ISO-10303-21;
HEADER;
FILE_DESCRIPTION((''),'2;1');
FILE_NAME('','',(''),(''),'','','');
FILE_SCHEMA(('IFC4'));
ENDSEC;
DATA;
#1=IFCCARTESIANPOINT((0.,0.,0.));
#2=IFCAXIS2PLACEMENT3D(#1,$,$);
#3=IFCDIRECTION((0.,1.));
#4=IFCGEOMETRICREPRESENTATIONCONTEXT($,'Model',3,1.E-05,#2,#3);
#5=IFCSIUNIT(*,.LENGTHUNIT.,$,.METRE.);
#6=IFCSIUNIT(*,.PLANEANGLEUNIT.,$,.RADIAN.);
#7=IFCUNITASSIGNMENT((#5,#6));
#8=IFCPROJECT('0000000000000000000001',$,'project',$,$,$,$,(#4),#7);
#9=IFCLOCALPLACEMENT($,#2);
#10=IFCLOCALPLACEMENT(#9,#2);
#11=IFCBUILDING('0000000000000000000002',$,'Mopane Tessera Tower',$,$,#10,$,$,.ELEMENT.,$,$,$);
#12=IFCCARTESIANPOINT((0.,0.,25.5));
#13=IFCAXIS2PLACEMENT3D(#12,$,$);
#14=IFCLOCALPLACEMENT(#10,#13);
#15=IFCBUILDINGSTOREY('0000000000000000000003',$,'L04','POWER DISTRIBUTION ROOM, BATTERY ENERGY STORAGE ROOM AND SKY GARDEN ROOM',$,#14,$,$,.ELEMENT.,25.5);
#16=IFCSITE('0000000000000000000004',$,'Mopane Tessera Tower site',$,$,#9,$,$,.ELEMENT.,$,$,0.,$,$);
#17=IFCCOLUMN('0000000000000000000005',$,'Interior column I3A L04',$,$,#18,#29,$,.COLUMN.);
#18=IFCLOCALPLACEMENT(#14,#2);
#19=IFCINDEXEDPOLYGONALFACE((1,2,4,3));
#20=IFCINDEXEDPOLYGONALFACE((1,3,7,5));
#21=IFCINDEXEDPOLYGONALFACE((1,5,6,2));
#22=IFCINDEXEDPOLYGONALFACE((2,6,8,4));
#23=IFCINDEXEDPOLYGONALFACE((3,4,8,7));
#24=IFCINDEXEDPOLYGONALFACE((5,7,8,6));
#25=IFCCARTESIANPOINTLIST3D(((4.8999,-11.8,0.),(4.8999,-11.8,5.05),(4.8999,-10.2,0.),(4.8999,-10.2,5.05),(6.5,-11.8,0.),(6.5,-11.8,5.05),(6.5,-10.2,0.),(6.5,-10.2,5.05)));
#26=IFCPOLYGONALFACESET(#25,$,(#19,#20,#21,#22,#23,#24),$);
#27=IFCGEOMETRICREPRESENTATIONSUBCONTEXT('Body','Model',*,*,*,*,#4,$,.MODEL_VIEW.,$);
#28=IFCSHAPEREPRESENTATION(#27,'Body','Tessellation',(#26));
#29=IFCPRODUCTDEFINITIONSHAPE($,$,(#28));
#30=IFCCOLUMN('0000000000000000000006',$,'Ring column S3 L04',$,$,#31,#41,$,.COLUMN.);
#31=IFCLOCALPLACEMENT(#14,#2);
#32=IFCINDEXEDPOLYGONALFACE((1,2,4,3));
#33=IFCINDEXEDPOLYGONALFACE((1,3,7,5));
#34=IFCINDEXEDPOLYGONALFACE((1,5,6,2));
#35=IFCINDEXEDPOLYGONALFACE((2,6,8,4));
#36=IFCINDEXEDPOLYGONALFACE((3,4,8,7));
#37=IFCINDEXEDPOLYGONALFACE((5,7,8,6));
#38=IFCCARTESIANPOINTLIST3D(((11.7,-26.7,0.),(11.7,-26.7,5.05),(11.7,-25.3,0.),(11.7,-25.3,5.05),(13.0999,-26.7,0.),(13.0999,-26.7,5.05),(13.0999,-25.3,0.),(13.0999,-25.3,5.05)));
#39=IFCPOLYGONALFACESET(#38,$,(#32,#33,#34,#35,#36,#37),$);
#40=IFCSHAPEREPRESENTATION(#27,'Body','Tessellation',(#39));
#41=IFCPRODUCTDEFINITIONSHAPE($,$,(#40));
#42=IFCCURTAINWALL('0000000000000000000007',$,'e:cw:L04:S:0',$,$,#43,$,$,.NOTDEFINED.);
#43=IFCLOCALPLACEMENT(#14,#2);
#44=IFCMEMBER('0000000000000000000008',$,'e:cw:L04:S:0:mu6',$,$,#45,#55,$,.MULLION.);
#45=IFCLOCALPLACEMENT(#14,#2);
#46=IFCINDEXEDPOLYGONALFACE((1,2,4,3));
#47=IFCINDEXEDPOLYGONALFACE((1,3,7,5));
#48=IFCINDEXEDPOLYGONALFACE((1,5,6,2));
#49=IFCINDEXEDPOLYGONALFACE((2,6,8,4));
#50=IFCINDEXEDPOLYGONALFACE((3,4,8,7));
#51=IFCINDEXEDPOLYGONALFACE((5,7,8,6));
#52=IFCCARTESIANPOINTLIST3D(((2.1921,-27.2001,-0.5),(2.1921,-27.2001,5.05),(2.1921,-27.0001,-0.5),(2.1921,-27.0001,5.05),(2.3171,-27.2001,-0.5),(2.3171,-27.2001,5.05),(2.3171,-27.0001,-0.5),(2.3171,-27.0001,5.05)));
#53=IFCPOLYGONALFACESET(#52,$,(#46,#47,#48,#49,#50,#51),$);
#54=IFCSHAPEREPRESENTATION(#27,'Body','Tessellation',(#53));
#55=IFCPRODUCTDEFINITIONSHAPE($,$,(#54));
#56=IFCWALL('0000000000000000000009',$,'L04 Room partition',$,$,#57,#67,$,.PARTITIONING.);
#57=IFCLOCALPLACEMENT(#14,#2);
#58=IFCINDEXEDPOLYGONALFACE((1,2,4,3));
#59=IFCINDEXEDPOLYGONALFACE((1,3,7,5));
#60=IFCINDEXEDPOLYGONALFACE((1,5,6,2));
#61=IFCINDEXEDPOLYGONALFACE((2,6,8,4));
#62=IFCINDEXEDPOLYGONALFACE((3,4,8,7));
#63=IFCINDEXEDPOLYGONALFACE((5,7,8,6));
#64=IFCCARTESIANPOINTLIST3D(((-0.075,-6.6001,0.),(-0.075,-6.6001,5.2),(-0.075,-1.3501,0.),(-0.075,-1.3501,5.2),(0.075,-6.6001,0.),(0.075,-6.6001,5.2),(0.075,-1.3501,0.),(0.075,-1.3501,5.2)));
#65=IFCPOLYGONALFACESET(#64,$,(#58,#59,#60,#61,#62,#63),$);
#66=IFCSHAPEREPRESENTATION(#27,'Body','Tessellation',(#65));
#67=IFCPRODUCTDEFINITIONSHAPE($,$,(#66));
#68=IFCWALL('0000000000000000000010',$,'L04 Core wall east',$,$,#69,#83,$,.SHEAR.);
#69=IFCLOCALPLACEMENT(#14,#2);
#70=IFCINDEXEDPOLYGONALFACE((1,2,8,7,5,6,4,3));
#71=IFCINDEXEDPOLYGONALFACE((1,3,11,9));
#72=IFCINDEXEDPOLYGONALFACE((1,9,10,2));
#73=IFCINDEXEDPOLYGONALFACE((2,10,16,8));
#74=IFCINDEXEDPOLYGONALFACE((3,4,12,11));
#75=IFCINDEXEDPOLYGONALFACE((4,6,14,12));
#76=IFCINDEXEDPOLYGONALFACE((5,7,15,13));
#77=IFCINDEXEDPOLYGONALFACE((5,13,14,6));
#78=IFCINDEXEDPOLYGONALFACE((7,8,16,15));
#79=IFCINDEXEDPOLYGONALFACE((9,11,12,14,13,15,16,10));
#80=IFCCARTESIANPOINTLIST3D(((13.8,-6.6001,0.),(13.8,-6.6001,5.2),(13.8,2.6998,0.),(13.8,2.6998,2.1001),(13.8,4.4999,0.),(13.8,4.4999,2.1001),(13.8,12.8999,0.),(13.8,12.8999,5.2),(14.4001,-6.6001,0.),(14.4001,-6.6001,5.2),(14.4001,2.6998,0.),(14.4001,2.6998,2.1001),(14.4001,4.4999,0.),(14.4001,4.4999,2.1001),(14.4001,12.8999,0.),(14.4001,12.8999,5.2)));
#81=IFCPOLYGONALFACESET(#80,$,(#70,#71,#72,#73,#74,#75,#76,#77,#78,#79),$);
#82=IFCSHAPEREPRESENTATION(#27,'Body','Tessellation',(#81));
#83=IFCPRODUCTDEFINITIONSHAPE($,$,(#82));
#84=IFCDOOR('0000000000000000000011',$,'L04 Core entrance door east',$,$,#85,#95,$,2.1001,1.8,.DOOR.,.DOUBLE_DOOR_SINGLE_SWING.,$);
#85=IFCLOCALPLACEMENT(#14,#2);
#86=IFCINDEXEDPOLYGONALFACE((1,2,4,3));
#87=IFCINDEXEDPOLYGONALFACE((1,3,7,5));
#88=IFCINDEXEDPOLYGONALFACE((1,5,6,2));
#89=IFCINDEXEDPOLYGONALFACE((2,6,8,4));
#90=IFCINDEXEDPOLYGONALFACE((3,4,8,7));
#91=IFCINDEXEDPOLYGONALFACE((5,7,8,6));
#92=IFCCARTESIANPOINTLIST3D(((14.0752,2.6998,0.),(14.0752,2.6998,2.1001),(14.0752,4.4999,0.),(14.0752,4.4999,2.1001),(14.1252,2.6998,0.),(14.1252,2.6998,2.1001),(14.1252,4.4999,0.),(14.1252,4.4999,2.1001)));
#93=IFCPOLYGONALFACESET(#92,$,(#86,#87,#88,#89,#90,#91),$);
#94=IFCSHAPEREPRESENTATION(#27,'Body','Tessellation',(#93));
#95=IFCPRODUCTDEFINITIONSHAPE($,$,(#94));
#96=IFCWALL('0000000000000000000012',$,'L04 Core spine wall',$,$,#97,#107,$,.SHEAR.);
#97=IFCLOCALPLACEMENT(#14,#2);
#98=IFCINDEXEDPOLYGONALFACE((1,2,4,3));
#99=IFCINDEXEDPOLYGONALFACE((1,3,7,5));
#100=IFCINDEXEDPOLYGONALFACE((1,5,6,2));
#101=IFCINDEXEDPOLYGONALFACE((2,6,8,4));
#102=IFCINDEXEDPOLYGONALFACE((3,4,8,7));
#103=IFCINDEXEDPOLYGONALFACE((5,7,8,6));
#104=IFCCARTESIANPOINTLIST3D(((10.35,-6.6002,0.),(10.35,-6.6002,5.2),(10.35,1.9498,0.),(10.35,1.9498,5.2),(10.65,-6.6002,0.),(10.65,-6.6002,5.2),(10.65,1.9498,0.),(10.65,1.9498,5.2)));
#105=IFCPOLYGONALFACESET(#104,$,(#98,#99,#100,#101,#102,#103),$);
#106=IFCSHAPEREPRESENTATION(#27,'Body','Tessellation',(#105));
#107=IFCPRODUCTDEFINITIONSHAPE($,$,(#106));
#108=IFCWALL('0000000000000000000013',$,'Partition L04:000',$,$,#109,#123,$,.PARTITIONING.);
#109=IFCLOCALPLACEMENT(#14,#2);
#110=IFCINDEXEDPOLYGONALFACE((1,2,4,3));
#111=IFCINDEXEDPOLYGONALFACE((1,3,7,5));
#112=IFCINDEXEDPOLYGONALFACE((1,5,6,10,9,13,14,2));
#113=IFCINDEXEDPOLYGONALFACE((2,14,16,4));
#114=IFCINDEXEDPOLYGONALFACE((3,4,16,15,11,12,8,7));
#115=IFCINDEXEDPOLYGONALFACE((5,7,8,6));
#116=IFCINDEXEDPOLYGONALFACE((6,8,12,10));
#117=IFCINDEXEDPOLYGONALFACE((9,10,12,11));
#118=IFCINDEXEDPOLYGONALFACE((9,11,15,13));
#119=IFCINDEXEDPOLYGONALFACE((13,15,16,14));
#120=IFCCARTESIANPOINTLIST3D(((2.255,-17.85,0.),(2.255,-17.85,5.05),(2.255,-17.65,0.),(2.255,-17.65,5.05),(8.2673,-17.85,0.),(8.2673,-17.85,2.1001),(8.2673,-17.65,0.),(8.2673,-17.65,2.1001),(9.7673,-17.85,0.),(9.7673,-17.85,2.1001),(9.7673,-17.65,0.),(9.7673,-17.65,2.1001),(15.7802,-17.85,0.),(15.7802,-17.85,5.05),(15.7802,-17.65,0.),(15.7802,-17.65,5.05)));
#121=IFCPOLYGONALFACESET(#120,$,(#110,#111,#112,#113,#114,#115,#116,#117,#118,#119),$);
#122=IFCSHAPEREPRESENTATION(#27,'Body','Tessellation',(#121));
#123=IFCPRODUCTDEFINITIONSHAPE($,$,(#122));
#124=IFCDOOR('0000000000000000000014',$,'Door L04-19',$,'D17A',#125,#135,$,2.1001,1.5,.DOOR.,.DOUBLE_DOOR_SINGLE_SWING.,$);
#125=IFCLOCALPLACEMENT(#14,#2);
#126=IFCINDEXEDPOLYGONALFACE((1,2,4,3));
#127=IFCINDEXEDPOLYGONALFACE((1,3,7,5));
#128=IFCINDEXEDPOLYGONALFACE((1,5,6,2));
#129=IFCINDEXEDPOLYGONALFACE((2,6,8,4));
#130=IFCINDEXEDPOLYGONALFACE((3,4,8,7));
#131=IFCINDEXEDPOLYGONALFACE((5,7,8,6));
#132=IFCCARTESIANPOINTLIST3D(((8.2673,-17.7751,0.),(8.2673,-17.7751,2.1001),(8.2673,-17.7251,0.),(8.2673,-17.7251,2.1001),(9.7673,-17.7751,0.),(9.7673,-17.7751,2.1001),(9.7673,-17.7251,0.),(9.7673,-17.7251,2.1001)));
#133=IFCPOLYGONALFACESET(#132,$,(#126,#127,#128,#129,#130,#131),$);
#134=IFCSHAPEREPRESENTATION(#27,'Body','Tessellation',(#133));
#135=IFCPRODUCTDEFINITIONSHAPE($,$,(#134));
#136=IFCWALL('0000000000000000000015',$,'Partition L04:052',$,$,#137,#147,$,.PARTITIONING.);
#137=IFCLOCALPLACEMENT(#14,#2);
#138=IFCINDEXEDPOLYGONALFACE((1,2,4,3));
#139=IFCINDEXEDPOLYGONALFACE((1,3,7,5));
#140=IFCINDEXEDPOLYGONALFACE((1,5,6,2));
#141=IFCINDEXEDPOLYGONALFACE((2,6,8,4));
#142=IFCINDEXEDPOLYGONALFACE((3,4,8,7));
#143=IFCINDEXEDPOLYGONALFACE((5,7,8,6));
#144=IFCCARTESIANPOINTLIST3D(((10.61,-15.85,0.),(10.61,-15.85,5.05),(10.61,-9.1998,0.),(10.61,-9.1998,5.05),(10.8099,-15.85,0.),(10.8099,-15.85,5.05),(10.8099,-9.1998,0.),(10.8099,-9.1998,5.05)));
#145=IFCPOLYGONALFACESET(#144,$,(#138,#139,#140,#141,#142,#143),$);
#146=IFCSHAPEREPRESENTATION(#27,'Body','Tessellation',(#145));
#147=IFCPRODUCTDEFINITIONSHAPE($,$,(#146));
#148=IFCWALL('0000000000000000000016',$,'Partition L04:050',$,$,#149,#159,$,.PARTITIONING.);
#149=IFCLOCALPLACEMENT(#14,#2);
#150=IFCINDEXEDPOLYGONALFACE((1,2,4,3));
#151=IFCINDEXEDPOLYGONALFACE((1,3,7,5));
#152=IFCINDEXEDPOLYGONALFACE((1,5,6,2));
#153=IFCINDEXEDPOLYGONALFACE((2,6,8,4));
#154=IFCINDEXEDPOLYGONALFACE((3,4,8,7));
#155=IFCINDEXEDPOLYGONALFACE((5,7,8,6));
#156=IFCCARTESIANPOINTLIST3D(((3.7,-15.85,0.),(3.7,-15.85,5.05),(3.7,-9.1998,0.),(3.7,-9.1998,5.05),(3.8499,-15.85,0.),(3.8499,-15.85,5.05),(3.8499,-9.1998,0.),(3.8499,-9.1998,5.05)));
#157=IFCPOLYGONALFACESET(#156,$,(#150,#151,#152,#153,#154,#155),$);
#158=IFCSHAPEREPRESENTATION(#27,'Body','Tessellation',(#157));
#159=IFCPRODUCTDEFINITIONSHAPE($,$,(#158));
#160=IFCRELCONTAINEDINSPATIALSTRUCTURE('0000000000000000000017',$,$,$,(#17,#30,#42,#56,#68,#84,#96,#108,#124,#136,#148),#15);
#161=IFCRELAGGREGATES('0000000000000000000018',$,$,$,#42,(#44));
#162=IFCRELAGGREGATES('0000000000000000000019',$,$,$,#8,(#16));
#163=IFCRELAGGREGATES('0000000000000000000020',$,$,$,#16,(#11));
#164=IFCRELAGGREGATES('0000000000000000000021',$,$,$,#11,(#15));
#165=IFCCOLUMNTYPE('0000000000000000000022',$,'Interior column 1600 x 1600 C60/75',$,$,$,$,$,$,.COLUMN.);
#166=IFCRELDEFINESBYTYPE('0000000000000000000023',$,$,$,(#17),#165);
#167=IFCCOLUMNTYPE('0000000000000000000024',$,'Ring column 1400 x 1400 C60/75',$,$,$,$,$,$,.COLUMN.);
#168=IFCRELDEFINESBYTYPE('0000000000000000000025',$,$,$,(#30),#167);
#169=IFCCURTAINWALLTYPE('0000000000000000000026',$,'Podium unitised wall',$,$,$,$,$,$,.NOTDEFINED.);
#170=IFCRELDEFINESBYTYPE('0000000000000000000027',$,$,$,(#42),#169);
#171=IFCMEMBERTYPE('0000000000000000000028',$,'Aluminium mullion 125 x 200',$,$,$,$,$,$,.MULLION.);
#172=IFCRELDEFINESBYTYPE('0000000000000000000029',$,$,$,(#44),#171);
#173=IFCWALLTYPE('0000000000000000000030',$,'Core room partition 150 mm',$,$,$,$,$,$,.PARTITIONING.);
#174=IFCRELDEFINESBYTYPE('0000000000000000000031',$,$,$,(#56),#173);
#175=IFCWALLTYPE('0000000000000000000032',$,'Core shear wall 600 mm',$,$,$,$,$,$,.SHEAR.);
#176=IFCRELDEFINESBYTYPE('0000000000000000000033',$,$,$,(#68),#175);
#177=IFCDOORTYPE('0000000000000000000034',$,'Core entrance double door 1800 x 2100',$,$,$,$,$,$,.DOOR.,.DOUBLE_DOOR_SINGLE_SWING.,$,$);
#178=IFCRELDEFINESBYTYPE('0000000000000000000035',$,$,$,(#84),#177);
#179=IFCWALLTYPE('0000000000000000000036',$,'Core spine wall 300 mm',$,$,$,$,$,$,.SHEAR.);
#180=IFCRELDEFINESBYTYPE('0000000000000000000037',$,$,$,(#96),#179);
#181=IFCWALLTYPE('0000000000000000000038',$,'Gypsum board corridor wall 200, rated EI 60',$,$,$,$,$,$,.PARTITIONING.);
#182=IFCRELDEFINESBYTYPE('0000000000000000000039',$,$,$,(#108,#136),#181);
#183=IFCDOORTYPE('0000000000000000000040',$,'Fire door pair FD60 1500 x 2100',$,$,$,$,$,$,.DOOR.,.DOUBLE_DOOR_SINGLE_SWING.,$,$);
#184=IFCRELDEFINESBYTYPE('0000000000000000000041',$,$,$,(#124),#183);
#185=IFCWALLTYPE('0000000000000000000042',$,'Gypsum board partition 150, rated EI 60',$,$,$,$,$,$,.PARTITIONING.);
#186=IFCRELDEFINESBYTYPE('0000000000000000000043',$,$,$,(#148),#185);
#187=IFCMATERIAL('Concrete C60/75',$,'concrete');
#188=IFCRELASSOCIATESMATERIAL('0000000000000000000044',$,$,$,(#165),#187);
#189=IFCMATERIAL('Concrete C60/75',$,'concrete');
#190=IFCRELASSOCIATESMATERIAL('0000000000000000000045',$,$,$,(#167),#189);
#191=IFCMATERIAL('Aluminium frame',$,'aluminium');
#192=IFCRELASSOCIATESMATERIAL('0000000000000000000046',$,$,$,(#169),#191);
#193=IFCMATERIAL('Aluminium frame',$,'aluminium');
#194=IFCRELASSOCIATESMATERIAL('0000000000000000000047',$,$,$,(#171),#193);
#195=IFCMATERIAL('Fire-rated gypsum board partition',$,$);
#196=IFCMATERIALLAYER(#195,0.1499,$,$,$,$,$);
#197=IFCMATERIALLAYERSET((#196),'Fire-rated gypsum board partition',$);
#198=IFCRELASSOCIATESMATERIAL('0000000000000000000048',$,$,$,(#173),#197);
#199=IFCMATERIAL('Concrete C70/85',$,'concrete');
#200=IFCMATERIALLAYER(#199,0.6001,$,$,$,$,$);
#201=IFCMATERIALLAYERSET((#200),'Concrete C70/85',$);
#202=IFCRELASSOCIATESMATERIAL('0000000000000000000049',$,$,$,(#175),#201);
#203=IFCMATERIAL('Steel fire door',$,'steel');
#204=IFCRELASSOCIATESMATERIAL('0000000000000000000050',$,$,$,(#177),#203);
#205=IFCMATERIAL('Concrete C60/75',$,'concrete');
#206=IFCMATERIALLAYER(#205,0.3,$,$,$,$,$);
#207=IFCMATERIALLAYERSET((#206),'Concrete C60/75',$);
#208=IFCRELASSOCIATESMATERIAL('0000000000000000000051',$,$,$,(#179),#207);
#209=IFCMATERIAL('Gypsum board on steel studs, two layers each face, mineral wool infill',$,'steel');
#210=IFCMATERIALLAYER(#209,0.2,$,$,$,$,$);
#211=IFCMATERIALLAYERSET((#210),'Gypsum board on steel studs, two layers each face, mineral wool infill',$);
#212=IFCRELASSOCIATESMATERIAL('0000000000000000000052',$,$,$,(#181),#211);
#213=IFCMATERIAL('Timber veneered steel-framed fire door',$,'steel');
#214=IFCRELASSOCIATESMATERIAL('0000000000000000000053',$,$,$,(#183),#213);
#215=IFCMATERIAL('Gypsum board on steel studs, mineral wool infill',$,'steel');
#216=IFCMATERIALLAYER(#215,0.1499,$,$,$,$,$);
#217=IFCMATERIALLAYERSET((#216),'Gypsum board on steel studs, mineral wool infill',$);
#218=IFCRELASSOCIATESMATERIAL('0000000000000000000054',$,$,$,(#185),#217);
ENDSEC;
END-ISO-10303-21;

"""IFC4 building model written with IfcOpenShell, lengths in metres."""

from ifc_helpers import new_model, si_unit, direction, frame, frame_2d, origin, origin_2d, place, context, subcontext, project, spatial, rectangle, extrude, material, layer, layer_set, material_profile, profile_set, type_object, element, fill, aggregate, save


model = new_model("IFC4")

# Units and contexts
model_context = context("Model", 3, precision=1e-05, world=origin(), true_north=direction((0.0, 1.0)))
body_context = subcontext(model_context, "Body", "Model", "MODEL_VIEW")
ifc_project = project(units=[si_unit("LENGTHUNIT", "METRE"), si_unit("PLANEANGLEUNIT", "RADIAN")], contexts=[model_context])

# Site, building, storey
site_placement = place(None, origin())
site = spatial("IfcSite", under=ifc_project, at=site_placement, Name="Mopane Tessera Tower site", CompositionType="ELEMENT", RefElevation=0.0)
building_placement = place(site_placement, origin())
building = spatial("IfcBuilding", under=site, at=building_placement, Name="Mopane Tessera Tower", CompositionType="ELEMENT")
storey_placement = place(building_placement, frame((0.0, 0.0, 25.5)))
storey = spatial("IfcBuildingStorey", under=building, at=storey_placement, Name="L04", Description="POWER DISTRIBUTION ROOM, BATTERY ENERGY STORAGE ROOM AND SKY GARDEN ROOM", CompositionType="ELEMENT", Elevation=25.5)

# Columns
ifc_material_1 = material(Name="Concrete C60/75", Category="concrete")
ifc_material_profile_1 = material_profile(ifc_material_1, rectangle(XDim=1.6001, YDim=1.6001, at=origin_2d()))
ifc_profile_set_1 = profile_set([ifc_material_profile_1], Name="Concrete C60/75")
column_type_1 = type_object("IfcColumnType", Name="Interior column 1600 x 1600 C60/75", PredefinedType="COLUMN", material=ifc_profile_set_1)
column_1_placement = place(storey_placement, frame((5.7, -11.0, 0.0), z_axis=(0.0, 0.0, 1.0), x_axis=(1.0, 0.0, 0.0)))
element("IfcColumn", 1, at=column_1_placement, inside=storey, type_object=column_type_1, Name="Interior column I3A L04", PredefinedType="COLUMN", context=body_context, shape_type="SweptSolid", body=[
    extrude(rectangle(XDim=1.6001, YDim=1.6001, at=origin_2d()), origin(), (0.0, 0.0, 1.0), 5.05),
])
ifc_material_2 = material(Name="Concrete C60/75", Category="concrete")
ifc_material_profile_2 = material_profile(ifc_material_2, rectangle(XDim=1.3999, YDim=1.3999, at=origin_2d()))
ifc_profile_set_2 = profile_set([ifc_material_profile_2], Name="Concrete C60/75")
column_type_2 = type_object("IfcColumnType", Name="Ring column 1400 x 1400 C60/75", PredefinedType="COLUMN", material=ifc_profile_set_2)
column_2_placement = place(storey_placement, frame((12.3999, -26.0, 0.0), z_axis=(0.0, 0.0, 1.0), x_axis=(1.0, 0.0, 0.0)))
element("IfcColumn", 2, at=column_2_placement, inside=storey, type_object=column_type_2, Name="Ring column S3 L04", PredefinedType="COLUMN", context=body_context, shape_type="SweptSolid", body=[
    extrude(rectangle(XDim=1.3999, YDim=1.3999, at=origin_2d()), origin(), (0.0, 0.0, 1.0), 5.05),
])

# Curtain wall, member
ifc_material_3 = material(Name="Aluminium frame", Category="aluminium")
curtain_wall_type = type_object("IfcCurtainWallType", Name="Podium unitised wall", PredefinedType="NOTDEFINED", material=ifc_material_3)
curtain_wall_placement = place(storey_placement, origin())
curtain_wall = element("IfcCurtainWall", 3, at=curtain_wall_placement, inside=storey, type_object=curtain_wall_type, Name="e:cw:L04:S:0", PredefinedType="NOTDEFINED")
ifc_material_4 = material(Name="Aluminium frame", Category="aluminium")
ifc_material_profile_3 = material_profile(ifc_material_4, rectangle(XDim=0.125, YDim=0.2, at=origin_2d()))
ifc_profile_set_3 = profile_set([ifc_material_profile_3], Name="Aluminium frame")
member_type = type_object("IfcMemberType", Name="Aluminium mullion 125 x 200", PredefinedType="MULLION", material=ifc_profile_set_3)
member_placement = place(storey_placement, frame((2.2546, -27.1001, -0.5), z_axis=(0.0, 0.0, 1.0), x_axis=(1.0, 0.0, 0.0)))
member = element("IfcMember", 4, at=member_placement, type_object=member_type, Name="e:cw:L04:S:0:mu6", PredefinedType="MULLION", context=body_context, shape_type="SweptSolid", body=[
    extrude(rectangle(XDim=0.125, YDim=0.2, at=origin_2d()), origin(), (0.0, 0.0, 1.0), 5.55),
])
aggregate(curtain_wall, [member])

# Wall
ifc_material_5 = material(Name="Fire-rated gypsum board partition")
ifc_layer_1 = layer(ifc_material_5, 0.1499)
ifc_layer_set_1 = layer_set([ifc_layer_1], Name="Fire-rated gypsum board partition")
wall_type_1 = type_object("IfcWallType", Name="Core room partition 150 mm", PredefinedType="PARTITIONING", material=ifc_layer_set_1)
wall_1_placement = place(storey_placement, frame((0.0, -6.6001, 0.0), z_axis=(0.0, 0.0, 1.0), x_axis=(0.0, 1.0, 0.0)))
element("IfcWall", 5, at=wall_1_placement, inside=storey, type_object=wall_type_1, Name="L04 Room partition", PredefinedType="PARTITIONING", context=body_context, shape_type="SweptSolid", body=[
    extrude(rectangle(XDim=5.25, YDim=0.1499, at=frame_2d((2.625, 0.0))), origin(), (0.0, 0.0, 1.0), 5.2),
])

# Wall, opening, door
ifc_material_6 = material(Name="Concrete C70/85", Category="concrete")
ifc_layer_2 = layer(ifc_material_6, 0.6001)
ifc_layer_set_2 = layer_set([ifc_layer_2], Name="Concrete C70/85")
wall_type_2 = type_object("IfcWallType", Name="Core shear wall 600 mm", PredefinedType="SHEAR", material=ifc_layer_set_2)
wall_2_placement = place(storey_placement, frame((14.1001, -6.6001, 0.0), z_axis=(0.0, 0.0, 1.0), x_axis=(0.0, 1.0, 0.0)))
wall_2 = element("IfcWall", 6, at=wall_2_placement, inside=storey, type_object=wall_type_2, Name="L04 Core wall east", PredefinedType="SHEAR", context=body_context, shape_type="SweptSolid", body=[
    extrude(rectangle(XDim=19.5, YDim=0.6001, at=frame_2d((9.75, 0.0))), origin(), (0.0, 0.0, 1.0), 5.2),
])
opening_1_placement = place(wall_2_placement, frame((9.3, 0.0, 0.0)))
opening_1 = element("IfcOpeningElement", 7, at=opening_1_placement, cuts=wall_2, PredefinedType="OPENING", context=body_context, shape_type="SweptSolid", body=[
    extrude(rectangle(XDim=1.8, YDim=2.1001, at=frame_2d((0.8999, 1.05))), frame((0.0, 0.312, 0.0), z_axis=(0.0, -1.0, 0.0), x_axis=(1.0, 0.0, 0.0)), (0.0, 0.0, 1.0), 0.624),
])
ifc_material_7 = material(Name="Steel fire door", Category="steel")
door_type_1 = type_object("IfcDoorType", Name="Core entrance double door 1800 x 2100", OperationType="DOUBLE_DOOR_SINGLE_SWING", PredefinedType="DOOR", material=ifc_material_7)
door_1_placement = place(opening_1_placement, origin())
door_1 = element("IfcDoor", 8, at=door_1_placement, inside=storey, type_object=door_type_1, Name="L04 Core entrance door east", OperationType="DOUBLE_DOOR_SINGLE_SWING", OverallHeight=2.1001, OverallWidth=1.8, PredefinedType="DOOR", context=body_context, shape_type="SweptSolid", body=[
    extrude(rectangle(XDim=1.8, YDim=2.1001, at=frame_2d((0.8999, 1.05))), frame((0.0, 0.0249, 0.0), z_axis=(0.0, -1.0, 0.0), x_axis=(1.0, 0.0, 0.0)), (0.0, 0.0, 1.0), 0.05),
])
fill(opening_1, door_1)

# Wall
ifc_material_8 = material(Name="Concrete C60/75", Category="concrete")
ifc_layer_3 = layer(ifc_material_8, 0.3)
ifc_layer_set_3 = layer_set([ifc_layer_3], Name="Concrete C60/75")
wall_type_3 = type_object("IfcWallType", Name="Core spine wall 300 mm", PredefinedType="SHEAR", material=ifc_layer_set_3)
wall_3_placement = place(storey_placement, frame((10.5, -6.6001, 0.0), z_axis=(0.0, 0.0, 1.0), x_axis=(0.0, 1.0, 0.0)))
element("IfcWall", 9, at=wall_3_placement, inside=storey, type_object=wall_type_3, Name="L04 Core spine wall", PredefinedType="SHEAR", context=body_context, shape_type="SweptSolid", body=[
    extrude(rectangle(XDim=8.55, YDim=0.3, at=frame_2d((4.2749, 0.0))), origin(), (0.0, 0.0, 1.0), 5.2),
])

# Wall, opening, door
ifc_material_9 = material(Name="Gypsum board on steel studs, two layers each face, mineral wool infill", Category="steel")
ifc_layer_4 = layer(ifc_material_9, 0.2)
ifc_layer_set_4 = layer_set([ifc_layer_4], Name="Gypsum board on steel studs, two layers each face, mineral wool infill")
wall_type_4 = type_object("IfcWallType", Name="Gypsum board corridor wall 200, rated EI 60", PredefinedType="PARTITIONING", material=ifc_layer_set_4)
wall_4_placement = place(storey_placement, frame((2.2549, -17.75, 0.0), z_axis=(0.0, 0.0, 1.0), x_axis=(1.0, 0.0, 0.0)))
wall_4 = element("IfcWall", 10, at=wall_4_placement, inside=storey, type_object=wall_type_4, Name="Partition L04:000", PredefinedType="PARTITIONING", context=body_context, shape_type="SweptSolid", body=[
    extrude(rectangle(XDim=13.5251, YDim=0.2, at=frame_2d((6.7627, 0.0))), origin(), (0.0, 0.0, 1.0), 5.05),
])
opening_2_placement = place(wall_4_placement, frame((6.0125, 0.0, 0.0)))
opening_2 = element("IfcOpeningElement", 11, at=opening_2_placement, cuts=wall_4, PredefinedType="OPENING", context=body_context, shape_type="SweptSolid", body=[
    extrude(rectangle(XDim=1.5, YDim=2.1001, at=frame_2d((0.75, 1.05))), frame((0.0, 0.1121, 0.0), z_axis=(0.0, -1.0, 0.0), x_axis=(1.0, 0.0, 0.0)), (0.0, 0.0, 1.0), 0.2239),
])
ifc_material_10 = material(Name="Timber veneered steel-framed fire door", Category="steel")
door_type_2 = type_object("IfcDoorType", Name="Fire door pair FD60 1500 x 2100", OperationType="DOUBLE_DOOR_SINGLE_SWING", PredefinedType="DOOR", material=ifc_material_10)
door_2_placement = place(opening_2_placement, origin())
door_2 = element("IfcDoor", 12, at=door_2_placement, inside=storey, type_object=door_type_2, Name="Door L04-19", ObjectType="D17A", OperationType="DOUBLE_DOOR_SINGLE_SWING", OverallHeight=2.1001, OverallWidth=1.5, PredefinedType="DOOR", context=body_context, shape_type="SweptSolid", body=[
    extrude(rectangle(XDim=1.5, YDim=2.1001, at=frame_2d((0.75, 1.05))), frame((0.0, 0.0249, 0.0), z_axis=(0.0, -1.0, 0.0), x_axis=(1.0, 0.0, 0.0)), (0.0, 0.0, 1.0), 0.05),
])
fill(opening_2, door_2)

# Walls
wall_5_placement = place(storey_placement, frame((10.71, -15.8501, 0.0), z_axis=(0.0, 0.0, 1.0), x_axis=(0.0, 1.0, 0.0)))
element("IfcWall", 13, at=wall_5_placement, inside=storey, type_object=wall_type_4, Name="Partition L04:052", PredefinedType="PARTITIONING", context=body_context, shape_type="SweptSolid", body=[
    extrude(rectangle(XDim=6.6501, YDim=0.2, at=frame_2d((3.3252, 0.0))), origin(), (0.0, 0.0, 1.0), 5.05),
])
ifc_material_11 = material(Name="Gypsum board on steel studs, mineral wool infill", Category="steel")
ifc_layer_5 = layer(ifc_material_11, 0.1499)
ifc_layer_set_5 = layer_set([ifc_layer_5], Name="Gypsum board on steel studs, mineral wool infill")
wall_type_5 = type_object("IfcWallType", Name="Gypsum board partition 150, rated EI 60", PredefinedType="PARTITIONING", material=ifc_layer_set_5)
wall_6_placement = place(storey_placement, frame((3.7749, -15.8501, 0.0), z_axis=(0.0, 0.0, 1.0), x_axis=(0.0, 1.0, 0.0)))
element("IfcWall", 14, at=wall_6_placement, inside=storey, type_object=wall_type_5, Name="Partition L04:050", PredefinedType="PARTITIONING", context=body_context, shape_type="SweptSolid", body=[
    extrude(rectangle(XDim=6.6501, YDim=0.1499, at=frame_2d((3.3252, 0.0))), origin(), (0.0, 0.0, 1.0), 5.05),
])

save(model, "model.ifc")
